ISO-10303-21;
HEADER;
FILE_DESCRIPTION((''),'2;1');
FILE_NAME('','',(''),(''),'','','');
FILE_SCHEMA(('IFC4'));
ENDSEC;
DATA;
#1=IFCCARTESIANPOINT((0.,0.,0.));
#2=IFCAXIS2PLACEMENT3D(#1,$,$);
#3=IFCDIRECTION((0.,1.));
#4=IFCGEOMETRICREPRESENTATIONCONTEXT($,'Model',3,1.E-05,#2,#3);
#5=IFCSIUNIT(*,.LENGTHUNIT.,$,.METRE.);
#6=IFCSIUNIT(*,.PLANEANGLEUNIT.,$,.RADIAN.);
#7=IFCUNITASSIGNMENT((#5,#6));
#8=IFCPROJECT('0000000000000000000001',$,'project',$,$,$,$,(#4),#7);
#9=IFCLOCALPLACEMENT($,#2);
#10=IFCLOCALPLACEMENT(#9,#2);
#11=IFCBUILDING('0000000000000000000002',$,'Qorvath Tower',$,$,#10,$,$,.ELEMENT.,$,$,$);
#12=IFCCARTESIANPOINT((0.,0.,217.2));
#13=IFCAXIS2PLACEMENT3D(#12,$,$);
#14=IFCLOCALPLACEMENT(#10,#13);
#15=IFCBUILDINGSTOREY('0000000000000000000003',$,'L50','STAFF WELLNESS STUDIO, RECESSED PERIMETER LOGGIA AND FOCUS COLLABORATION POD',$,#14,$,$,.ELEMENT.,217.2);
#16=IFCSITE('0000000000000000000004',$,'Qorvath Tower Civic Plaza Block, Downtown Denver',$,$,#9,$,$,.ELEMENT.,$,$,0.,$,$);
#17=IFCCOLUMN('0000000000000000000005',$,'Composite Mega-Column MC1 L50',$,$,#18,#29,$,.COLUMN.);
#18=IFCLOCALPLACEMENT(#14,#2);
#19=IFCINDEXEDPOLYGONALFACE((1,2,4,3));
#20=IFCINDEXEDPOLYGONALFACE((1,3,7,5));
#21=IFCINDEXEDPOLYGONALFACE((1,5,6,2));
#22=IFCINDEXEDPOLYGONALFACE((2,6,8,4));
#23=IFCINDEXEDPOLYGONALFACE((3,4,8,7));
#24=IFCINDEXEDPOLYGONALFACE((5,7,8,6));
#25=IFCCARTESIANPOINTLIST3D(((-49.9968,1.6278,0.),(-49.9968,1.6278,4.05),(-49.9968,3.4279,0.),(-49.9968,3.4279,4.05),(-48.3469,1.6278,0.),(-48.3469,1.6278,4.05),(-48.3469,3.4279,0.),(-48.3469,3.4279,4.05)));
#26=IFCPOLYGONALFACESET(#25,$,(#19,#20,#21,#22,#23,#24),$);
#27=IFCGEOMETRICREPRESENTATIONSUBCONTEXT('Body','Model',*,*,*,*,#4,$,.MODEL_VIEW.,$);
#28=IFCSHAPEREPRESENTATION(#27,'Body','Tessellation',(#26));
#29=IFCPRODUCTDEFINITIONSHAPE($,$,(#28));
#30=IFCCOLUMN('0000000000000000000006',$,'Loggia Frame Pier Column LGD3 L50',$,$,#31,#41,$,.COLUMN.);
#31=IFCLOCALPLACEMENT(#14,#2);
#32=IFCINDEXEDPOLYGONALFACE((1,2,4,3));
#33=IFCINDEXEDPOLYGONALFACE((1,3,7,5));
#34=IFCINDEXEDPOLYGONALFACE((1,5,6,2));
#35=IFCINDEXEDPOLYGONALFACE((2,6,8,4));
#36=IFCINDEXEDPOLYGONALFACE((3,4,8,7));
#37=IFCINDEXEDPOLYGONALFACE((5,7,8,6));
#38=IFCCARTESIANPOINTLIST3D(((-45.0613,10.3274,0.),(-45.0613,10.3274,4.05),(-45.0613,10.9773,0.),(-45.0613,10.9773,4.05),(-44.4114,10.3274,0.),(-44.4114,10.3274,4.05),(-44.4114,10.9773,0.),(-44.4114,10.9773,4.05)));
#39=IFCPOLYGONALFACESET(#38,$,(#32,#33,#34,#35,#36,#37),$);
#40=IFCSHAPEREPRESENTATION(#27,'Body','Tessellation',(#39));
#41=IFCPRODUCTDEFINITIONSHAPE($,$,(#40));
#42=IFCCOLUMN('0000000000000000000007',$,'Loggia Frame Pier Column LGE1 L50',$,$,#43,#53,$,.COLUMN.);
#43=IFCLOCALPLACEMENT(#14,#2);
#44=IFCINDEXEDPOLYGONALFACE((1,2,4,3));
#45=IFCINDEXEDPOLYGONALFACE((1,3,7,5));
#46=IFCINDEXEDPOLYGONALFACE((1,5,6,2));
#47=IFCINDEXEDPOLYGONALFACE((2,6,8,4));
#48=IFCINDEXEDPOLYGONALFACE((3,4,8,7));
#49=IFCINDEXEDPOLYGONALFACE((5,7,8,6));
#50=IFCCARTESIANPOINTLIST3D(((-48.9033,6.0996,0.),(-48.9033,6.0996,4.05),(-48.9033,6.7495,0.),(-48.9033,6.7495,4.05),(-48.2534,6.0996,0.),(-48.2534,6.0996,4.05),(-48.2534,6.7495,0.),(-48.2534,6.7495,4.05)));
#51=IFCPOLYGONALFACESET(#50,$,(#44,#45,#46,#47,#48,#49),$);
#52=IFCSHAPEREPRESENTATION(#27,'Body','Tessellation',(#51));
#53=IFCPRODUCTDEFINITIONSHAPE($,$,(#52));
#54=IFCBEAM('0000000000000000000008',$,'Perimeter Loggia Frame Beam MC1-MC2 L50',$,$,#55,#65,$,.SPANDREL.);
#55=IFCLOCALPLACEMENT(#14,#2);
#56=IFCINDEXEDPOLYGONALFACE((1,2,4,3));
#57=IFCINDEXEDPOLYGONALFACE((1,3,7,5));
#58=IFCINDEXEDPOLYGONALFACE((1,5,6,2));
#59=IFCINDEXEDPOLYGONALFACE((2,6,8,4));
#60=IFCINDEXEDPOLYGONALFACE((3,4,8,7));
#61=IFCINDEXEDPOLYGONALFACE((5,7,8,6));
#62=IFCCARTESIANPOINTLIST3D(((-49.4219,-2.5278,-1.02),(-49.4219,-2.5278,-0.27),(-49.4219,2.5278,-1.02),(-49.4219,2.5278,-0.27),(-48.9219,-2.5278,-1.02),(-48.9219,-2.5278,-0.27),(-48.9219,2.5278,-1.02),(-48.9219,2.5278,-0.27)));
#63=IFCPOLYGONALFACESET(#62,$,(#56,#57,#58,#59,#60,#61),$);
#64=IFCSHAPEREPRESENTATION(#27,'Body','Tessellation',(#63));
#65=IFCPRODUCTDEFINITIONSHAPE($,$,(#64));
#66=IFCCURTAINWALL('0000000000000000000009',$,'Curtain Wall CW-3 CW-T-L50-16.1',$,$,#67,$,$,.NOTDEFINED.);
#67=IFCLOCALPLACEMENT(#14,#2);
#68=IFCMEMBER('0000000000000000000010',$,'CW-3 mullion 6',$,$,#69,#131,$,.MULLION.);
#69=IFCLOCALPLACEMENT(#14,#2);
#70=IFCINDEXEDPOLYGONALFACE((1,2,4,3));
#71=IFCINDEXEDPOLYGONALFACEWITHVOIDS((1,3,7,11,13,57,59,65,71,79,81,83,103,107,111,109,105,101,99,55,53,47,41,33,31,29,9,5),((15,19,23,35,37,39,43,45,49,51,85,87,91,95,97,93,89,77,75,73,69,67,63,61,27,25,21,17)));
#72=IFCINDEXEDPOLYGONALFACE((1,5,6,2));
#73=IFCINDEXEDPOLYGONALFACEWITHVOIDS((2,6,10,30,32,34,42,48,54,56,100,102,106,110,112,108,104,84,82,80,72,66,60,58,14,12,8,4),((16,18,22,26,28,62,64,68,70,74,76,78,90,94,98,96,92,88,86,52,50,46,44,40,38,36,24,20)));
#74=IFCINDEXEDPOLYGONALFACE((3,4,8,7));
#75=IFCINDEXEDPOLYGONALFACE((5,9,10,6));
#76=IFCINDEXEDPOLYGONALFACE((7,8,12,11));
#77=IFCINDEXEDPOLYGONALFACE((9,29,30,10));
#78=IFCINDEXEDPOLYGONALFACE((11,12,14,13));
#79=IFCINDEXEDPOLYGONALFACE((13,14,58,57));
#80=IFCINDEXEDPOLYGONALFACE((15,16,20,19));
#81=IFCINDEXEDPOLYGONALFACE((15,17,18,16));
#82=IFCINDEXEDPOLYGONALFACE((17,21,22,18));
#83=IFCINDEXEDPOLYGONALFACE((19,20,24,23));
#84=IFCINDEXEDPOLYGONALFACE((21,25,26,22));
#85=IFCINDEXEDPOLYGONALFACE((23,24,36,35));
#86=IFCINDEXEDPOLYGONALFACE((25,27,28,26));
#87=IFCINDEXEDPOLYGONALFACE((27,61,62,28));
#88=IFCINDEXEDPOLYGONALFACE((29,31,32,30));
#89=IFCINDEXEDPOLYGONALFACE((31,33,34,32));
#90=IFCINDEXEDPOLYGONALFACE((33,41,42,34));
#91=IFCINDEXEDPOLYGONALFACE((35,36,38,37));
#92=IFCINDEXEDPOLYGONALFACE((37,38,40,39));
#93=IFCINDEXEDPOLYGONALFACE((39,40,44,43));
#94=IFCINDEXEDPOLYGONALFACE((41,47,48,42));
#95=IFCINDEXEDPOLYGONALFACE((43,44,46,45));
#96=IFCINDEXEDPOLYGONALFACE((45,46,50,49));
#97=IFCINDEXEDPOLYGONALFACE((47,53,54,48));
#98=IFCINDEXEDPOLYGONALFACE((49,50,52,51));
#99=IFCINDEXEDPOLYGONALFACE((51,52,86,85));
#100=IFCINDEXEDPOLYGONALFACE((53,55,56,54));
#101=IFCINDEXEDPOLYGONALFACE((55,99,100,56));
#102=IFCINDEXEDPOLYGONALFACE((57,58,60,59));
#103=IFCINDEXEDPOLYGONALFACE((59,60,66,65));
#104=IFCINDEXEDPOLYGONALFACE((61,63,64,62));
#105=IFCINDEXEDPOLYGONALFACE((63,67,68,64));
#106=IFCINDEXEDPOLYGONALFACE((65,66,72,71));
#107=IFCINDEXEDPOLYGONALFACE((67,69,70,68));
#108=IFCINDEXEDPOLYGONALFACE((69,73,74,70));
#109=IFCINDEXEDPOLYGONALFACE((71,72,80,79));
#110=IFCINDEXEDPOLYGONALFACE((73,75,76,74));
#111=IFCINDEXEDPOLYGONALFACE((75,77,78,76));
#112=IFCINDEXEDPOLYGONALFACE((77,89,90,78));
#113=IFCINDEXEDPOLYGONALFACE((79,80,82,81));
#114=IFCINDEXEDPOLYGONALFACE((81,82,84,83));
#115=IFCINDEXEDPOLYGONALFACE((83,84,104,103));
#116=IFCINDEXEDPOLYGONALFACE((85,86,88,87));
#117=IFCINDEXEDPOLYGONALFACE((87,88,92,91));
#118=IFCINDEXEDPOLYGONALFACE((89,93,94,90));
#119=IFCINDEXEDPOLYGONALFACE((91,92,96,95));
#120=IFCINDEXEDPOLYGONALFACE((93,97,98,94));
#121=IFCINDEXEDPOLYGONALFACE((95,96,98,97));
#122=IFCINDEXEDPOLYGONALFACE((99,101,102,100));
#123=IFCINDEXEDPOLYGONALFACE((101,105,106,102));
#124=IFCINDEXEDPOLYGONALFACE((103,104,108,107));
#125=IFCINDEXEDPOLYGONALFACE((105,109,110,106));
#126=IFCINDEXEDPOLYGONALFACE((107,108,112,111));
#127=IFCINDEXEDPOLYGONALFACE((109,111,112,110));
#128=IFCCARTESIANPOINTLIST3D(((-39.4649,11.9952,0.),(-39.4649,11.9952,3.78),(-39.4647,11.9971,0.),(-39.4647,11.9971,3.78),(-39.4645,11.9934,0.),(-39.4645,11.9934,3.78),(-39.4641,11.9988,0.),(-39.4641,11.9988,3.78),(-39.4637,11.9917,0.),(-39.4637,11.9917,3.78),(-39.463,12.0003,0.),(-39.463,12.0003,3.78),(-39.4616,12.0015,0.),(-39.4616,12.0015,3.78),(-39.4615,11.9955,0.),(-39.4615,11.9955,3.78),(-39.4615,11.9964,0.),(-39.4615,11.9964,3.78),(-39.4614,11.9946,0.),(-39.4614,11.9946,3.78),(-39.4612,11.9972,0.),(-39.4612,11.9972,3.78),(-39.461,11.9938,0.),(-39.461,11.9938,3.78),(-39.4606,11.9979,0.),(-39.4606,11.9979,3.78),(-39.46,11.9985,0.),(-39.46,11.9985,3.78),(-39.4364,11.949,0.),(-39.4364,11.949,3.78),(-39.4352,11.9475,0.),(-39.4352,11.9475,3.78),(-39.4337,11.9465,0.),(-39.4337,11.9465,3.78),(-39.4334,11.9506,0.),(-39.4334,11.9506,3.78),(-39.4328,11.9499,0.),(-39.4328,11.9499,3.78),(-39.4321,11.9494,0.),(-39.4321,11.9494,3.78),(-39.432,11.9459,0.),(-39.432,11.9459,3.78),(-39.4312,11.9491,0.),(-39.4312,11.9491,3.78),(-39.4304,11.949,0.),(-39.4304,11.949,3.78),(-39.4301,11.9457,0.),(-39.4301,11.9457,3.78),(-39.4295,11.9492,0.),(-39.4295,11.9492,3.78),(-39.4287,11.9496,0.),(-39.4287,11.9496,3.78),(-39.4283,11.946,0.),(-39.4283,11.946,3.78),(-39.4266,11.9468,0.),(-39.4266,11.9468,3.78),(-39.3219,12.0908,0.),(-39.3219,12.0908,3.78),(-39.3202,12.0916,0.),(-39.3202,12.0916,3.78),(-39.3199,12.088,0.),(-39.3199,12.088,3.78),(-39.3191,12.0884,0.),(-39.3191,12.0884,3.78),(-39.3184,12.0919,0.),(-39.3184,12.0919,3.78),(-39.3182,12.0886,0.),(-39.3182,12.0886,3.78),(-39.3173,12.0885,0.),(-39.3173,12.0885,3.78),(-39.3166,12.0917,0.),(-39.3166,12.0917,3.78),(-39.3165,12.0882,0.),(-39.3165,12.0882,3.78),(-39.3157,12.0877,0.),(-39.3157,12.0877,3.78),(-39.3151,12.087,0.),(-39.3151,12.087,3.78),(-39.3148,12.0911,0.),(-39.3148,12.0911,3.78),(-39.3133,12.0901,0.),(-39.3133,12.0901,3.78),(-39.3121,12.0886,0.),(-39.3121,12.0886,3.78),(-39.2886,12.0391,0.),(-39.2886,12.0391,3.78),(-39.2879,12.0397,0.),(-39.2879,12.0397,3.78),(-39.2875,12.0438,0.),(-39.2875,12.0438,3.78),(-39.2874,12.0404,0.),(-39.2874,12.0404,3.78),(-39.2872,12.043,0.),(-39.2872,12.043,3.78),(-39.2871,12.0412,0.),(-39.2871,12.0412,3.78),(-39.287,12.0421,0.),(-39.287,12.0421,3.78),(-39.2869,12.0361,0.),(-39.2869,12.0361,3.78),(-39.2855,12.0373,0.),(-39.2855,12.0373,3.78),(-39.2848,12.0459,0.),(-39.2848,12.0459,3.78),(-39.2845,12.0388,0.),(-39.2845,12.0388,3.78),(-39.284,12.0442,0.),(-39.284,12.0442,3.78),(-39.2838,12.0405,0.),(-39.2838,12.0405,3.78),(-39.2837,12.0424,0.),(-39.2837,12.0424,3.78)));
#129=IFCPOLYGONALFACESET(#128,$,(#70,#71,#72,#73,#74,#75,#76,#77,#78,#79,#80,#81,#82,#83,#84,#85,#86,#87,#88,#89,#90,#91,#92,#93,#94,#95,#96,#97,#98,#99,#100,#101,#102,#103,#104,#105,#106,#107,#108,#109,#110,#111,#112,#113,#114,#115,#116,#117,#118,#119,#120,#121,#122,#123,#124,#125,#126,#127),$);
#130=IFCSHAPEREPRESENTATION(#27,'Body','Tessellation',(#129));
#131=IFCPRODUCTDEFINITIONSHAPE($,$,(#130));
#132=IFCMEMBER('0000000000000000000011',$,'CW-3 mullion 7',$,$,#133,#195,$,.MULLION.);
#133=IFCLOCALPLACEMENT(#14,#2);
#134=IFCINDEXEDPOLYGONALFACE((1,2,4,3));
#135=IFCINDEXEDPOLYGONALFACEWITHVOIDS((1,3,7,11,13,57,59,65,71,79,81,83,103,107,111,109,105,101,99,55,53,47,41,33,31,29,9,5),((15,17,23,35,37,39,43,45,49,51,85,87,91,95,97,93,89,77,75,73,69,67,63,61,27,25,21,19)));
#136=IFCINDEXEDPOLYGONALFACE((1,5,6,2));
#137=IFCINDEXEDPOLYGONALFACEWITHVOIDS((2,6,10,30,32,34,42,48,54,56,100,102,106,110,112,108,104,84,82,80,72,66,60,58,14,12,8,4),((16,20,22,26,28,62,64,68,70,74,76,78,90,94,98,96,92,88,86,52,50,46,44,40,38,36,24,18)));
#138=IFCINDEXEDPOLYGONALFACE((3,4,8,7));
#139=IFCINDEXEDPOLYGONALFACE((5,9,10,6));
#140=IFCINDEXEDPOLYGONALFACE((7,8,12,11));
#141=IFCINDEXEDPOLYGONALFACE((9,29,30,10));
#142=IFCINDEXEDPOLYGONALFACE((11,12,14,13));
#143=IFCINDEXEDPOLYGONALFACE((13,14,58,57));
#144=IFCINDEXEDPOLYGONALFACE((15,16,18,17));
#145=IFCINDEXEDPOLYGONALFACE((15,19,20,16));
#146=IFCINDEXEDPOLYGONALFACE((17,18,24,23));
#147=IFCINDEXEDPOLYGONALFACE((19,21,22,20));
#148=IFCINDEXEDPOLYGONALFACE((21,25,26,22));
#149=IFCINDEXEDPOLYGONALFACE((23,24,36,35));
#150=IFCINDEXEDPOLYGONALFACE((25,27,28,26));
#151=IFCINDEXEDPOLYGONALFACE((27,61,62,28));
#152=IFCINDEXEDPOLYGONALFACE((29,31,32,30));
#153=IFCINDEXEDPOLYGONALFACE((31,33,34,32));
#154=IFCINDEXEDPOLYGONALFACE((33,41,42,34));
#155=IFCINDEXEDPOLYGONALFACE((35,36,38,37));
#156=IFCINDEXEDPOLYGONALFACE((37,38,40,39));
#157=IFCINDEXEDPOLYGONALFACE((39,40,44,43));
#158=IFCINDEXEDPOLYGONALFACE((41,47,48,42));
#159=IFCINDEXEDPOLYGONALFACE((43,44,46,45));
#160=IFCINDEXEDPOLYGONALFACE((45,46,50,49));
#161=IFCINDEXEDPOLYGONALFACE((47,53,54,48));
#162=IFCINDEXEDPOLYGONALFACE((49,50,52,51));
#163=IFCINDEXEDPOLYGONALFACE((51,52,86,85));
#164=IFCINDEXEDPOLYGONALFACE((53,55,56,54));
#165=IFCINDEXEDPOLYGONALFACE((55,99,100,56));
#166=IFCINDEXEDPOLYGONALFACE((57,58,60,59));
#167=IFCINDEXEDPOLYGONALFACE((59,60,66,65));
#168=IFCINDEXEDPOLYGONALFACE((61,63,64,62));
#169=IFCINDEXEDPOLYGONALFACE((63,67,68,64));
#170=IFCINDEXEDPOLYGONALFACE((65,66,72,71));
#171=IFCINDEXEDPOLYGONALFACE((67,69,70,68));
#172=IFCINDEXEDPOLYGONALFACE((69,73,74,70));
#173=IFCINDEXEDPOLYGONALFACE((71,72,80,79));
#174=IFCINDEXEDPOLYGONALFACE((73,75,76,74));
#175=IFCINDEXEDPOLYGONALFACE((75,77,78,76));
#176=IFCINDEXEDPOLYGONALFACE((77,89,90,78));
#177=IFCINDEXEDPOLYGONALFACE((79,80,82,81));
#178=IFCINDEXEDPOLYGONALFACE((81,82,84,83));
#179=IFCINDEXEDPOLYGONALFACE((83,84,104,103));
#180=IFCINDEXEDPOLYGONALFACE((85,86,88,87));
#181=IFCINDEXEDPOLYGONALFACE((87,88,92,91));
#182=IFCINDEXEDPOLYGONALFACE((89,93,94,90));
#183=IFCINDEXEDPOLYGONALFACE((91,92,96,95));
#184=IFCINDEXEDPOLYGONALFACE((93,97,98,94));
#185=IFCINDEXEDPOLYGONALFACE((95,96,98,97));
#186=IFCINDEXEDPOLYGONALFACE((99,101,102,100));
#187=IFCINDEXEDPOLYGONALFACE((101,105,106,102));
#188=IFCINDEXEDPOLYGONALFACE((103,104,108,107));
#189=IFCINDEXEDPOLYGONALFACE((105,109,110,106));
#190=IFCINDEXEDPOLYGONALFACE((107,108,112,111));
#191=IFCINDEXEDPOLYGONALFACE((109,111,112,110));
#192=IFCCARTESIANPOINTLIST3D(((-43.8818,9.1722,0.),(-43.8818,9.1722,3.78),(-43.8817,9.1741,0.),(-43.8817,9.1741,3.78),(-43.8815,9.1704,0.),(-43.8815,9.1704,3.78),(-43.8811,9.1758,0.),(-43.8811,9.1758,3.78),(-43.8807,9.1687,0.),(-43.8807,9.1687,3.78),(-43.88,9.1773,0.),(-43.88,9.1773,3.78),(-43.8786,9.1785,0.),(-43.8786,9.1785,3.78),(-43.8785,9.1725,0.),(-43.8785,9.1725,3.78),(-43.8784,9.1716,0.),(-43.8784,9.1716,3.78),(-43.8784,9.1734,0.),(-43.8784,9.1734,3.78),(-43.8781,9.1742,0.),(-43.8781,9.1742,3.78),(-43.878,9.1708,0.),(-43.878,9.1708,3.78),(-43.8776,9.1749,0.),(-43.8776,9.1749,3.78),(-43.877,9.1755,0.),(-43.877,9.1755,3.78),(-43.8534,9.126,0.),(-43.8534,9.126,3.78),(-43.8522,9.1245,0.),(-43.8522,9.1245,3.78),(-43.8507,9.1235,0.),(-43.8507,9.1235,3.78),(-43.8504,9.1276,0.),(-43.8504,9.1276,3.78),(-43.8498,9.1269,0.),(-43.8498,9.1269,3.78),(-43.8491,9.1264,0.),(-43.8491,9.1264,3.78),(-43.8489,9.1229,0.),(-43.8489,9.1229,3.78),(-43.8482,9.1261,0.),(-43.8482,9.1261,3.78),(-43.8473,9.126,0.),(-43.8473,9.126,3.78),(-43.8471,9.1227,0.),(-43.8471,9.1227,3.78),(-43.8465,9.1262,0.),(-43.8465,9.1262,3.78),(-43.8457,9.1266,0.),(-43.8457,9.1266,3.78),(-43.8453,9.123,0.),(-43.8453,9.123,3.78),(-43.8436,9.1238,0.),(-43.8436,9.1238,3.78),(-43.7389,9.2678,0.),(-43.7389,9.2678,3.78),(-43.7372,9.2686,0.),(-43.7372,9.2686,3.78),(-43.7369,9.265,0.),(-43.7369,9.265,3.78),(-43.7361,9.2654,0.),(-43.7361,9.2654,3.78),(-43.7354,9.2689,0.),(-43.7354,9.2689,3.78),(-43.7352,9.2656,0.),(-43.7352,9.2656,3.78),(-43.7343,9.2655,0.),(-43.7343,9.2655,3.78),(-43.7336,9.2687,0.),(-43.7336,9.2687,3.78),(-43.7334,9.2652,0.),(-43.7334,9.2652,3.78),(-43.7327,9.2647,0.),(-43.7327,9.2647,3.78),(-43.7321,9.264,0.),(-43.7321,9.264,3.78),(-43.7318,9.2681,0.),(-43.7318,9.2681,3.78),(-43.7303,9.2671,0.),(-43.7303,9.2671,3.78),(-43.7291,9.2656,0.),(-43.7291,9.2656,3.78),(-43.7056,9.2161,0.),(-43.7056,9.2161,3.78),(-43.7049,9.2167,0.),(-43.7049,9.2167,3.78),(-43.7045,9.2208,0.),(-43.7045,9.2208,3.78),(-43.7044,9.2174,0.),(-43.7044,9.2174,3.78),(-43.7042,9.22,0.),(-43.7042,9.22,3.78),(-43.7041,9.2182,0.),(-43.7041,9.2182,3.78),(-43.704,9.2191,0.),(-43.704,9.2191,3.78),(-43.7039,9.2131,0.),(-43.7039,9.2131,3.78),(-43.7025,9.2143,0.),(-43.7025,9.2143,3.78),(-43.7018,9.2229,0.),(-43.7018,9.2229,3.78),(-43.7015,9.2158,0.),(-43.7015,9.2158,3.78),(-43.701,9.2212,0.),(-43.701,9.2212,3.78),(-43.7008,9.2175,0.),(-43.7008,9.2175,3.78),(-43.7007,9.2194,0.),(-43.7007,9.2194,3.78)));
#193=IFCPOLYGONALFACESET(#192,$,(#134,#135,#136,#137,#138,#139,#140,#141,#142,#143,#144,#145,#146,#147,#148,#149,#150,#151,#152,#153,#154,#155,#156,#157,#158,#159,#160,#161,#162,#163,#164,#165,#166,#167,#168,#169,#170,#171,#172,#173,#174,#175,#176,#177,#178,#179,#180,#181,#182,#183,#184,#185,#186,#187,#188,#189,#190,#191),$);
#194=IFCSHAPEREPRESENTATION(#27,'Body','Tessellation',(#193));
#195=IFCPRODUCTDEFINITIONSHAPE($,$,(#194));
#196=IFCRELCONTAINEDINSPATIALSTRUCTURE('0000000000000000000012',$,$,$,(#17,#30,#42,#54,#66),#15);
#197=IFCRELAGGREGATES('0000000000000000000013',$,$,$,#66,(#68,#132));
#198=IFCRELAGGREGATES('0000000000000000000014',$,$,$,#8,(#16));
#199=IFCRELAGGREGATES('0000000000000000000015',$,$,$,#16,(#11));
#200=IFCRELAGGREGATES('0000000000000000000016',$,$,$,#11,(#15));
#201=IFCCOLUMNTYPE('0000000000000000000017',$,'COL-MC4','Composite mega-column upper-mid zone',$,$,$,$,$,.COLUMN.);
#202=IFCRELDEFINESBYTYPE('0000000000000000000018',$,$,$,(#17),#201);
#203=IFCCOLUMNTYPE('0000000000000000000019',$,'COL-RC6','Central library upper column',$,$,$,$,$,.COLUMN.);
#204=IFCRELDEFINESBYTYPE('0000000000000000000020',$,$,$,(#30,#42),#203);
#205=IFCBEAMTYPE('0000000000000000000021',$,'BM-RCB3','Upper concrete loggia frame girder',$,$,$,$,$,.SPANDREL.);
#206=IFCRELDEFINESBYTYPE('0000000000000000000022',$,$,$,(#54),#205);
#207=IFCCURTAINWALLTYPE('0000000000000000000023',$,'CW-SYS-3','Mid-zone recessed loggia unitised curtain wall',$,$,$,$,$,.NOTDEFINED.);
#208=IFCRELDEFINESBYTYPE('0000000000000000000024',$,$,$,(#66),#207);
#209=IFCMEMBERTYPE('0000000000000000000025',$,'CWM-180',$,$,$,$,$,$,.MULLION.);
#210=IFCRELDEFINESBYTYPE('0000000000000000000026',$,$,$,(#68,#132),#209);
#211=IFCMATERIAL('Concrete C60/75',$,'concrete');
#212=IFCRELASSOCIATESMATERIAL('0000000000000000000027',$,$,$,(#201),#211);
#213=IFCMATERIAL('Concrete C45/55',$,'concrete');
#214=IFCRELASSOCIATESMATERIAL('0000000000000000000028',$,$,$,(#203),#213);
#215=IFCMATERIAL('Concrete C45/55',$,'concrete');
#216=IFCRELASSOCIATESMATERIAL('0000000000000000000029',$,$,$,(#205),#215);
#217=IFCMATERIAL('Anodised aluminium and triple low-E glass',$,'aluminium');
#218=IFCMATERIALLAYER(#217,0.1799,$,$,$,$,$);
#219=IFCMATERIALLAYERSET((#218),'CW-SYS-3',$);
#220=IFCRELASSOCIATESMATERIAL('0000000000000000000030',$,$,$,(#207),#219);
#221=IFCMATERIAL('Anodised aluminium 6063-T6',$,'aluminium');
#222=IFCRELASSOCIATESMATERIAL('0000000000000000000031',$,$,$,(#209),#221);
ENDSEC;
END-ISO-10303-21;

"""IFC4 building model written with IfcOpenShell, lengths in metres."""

from ifc_helpers import new_model, si_unit, direction, frame, origin, origin_2d, place, context, subcontext, project, spatial, rectangle, hollow_rectangle, extrude, material, layer, layer_set, material_profile, profile_set, type_object, element, aggregate, save


model = new_model("IFC4")

# Units and contexts
model_context = context("Model", 3, precision=1e-05, world=origin(), true_north=direction((0.0, 1.0)))
body_context = subcontext(model_context, "Body", "Model", "MODEL_VIEW")
ifc_project = project(units=[si_unit("LENGTHUNIT", "METRE"), si_unit("PLANEANGLEUNIT", "RADIAN")], contexts=[model_context])

# Site, building, storey
site_placement = place(None, origin())
site = spatial("IfcSite", under=ifc_project, at=site_placement, Name="Qorvath Tower Civic Plaza Block, Downtown Denver", CompositionType="ELEMENT", RefElevation=0.0)
building_placement = place(site_placement, origin())
building = spatial("IfcBuilding", under=site, at=building_placement, Name="Qorvath Tower", CompositionType="ELEMENT")
storey_placement = place(building_placement, frame((0.0, 0.0, 217.2)))
storey = spatial("IfcBuildingStorey", under=building, at=storey_placement, Name="L50", Description="STAFF WELLNESS STUDIO, RECESSED PERIMETER LOGGIA AND FOCUS COLLABORATION POD", CompositionType="ELEMENT", Elevation=217.2)

# Columns
ifc_material_1 = material(Name="Concrete C60/75", Category="concrete")
ifc_material_profile_1 = material_profile(ifc_material_1, rectangle(XDim=1.6499, YDim=1.8, at=origin_2d()), Name="MC 1800x1650")
ifc_profile_set_1 = profile_set([ifc_material_profile_1], Name="Concrete C60/75")
column_type_1 = type_object("IfcColumnType", Name="COL-MC4", Description="Composite mega-column upper-mid zone", PredefinedType="COLUMN", material=ifc_profile_set_1)
column_placement = place(storey_placement, frame((-49.1719, 2.5278, 0.0), z_axis=(0.0, 0.0, 1.0), x_axis=(1.0, 0.0, 0.0)))
element("IfcColumn", 1, at=column_placement, inside=storey, type_object=column_type_1, Name="Composite Mega-Column MC1 L50", PredefinedType="COLUMN", context=body_context, shape_type="SweptSolid", body=[
    extrude(rectangle(XDim=1.6499, YDim=1.8, at=origin_2d()), origin(), (0.0, 0.0, 1.0), 4.05),
])
ifc_material_2 = material(Name="Concrete C45/55", Category="concrete")
ifc_material_profile_2 = material_profile(ifc_material_2, rectangle(XDim=0.6499, YDim=0.6499, at=origin_2d()), Name="RC 650x650")
ifc_profile_set_2 = profile_set([ifc_material_profile_2], Name="Concrete C45/55")
column_type_2 = type_object("IfcColumnType", Name="COL-RC6", Description="Central library upper column", PredefinedType="COLUMN", material=ifc_profile_set_2)
for number, where, z_axis, x_axis, name in (
    (2, (-44.7363, 10.6523, 0.0), (0.0, 0.0, 1.0), (1.0, 0.0, 0.0), "Loggia Frame Pier Column LGD3 L50"),
    (3, (-48.5784, 6.4246, 0.0), (0.0, 0.0, 1.0), (1.0, 0.0, 0.0), "Loggia Frame Pier Column LGE1 L50"),
):
    element("IfcColumn", number, at=place(storey_placement, frame(where, z_axis=z_axis, x_axis=x_axis)), inside=storey, type_object=column_type_2, Name=name, PredefinedType="COLUMN", context=body_context, shape_type="SweptSolid", body=[
        extrude(rectangle(XDim=0.6499, YDim=0.6499, at=origin_2d()), origin(), (0.0, 0.0, 1.0), 4.05),
    ])

# Beam
ifc_material_3 = material(Name="Concrete C45/55", Category="concrete")
ifc_material_profile_3 = material_profile(ifc_material_3, rectangle(XDim=0.5, YDim=0.75, at=origin_2d()), Name="RCB 750x500")
ifc_profile_set_3 = profile_set([ifc_material_profile_3], Name="Concrete C45/55")
beam_type = type_object("IfcBeamType", Name="BM-RCB3", Description="Upper concrete loggia frame girder", PredefinedType="SPANDREL", material=ifc_profile_set_3)
beam_placement = place(storey_placement, frame((-49.1719, 2.5278, -0.645), z_axis=(0.0, -1.0, 0.0), x_axis=(1.0, 0.0, 0.0)))
element("IfcBeam", 4, at=beam_placement, inside=storey, type_object=beam_type, Name="Perimeter Loggia Frame Beam MC1-MC2 L50", PredefinedType="SPANDREL", context=body_context, shape_type="SweptSolid", body=[
    extrude(rectangle(XDim=0.5, YDim=0.75, at=origin_2d()), origin(), (0.0, 0.0, 1.0), 5.0557),
])

# Curtain wall, members
ifc_material_4 = material(Name="Anodised aluminium and triple low-E glass", Category="aluminium")
ifc_layer_1 = layer(ifc_material_4, 0.1799)
ifc_layer_set_1 = layer_set([ifc_layer_1], Name="CW-SYS-3")
curtain_wall_type = type_object("IfcCurtainWallType", Name="CW-SYS-3", Description="Mid-zone recessed loggia unitised curtain wall", PredefinedType="NOTDEFINED", material=ifc_layer_set_1)
curtain_wall_1_placement = place(storey_placement, origin())
curtain_wall_1 = element("IfcCurtainWall", 5, at=curtain_wall_1_placement, inside=storey, type_object=curtain_wall_type, Name="Curtain Wall CW-3 CW-T-L50-16.1", PredefinedType="NOTDEFINED")
ifc_material_5 = material(Name="Anodised aluminium 6063-T6", Category="aluminium")
ifc_material_profile_4 = material_profile(ifc_material_5, hollow_rectangle(XDim=0.0649, YDim=0.1799, WallThickness=0.0034, InnerFilletRadius=0.0034, OuterFilletRadius=0.0071, at=origin_2d()), Name="CWM 180x65")
ifc_profile_set_4 = profile_set([ifc_material_profile_4], Name="Anodised aluminium 6063-T6")
member_type_1 = type_object("IfcMemberType", Name="CWM-180", PredefinedType="MULLION", material=ifc_profile_set_4)
member_1_placement = place(storey_placement, frame((-39.3743, 12.0188, 0.0), z_axis=(0.0, 0.0, 1.0), x_axis=(0.538535, -0.842603, 0.0)))
member_1 = element("IfcMember", 6, at=member_1_placement, type_object=member_type_1, Name="CW-3 mullion 6", PredefinedType="MULLION", context=body_context, shape_type="SweptSolid", body=[
    extrude(hollow_rectangle(XDim=0.0649, YDim=0.1799, WallThickness=0.0034, InnerFilletRadius=0.0034, OuterFilletRadius=0.0071, at=origin_2d()), origin(), (0.0, 0.0, 1.0), 3.78),
])
member_2_placement = place(storey_placement, frame((-43.7913, 9.1958, 0.0), z_axis=(0.0, 0.0, 1.0), x_axis=(0.538535, -0.842603, 0.0)))
member_2 = element("IfcMember", 7, at=member_2_placement, type_object=member_type_1, Name="CW-3 mullion 7", PredefinedType="MULLION", context=body_context, shape_type="SweptSolid", body=[
    extrude(hollow_rectangle(XDim=0.0649, YDim=0.1799, WallThickness=0.0034, InnerFilletRadius=0.0034, OuterFilletRadius=0.0071, at=origin_2d()), origin(), (0.0, 0.0, 1.0), 3.78),
])

aggregate(curtain_wall_1, [member_1, member_2])

save(model, "model.ifc")
